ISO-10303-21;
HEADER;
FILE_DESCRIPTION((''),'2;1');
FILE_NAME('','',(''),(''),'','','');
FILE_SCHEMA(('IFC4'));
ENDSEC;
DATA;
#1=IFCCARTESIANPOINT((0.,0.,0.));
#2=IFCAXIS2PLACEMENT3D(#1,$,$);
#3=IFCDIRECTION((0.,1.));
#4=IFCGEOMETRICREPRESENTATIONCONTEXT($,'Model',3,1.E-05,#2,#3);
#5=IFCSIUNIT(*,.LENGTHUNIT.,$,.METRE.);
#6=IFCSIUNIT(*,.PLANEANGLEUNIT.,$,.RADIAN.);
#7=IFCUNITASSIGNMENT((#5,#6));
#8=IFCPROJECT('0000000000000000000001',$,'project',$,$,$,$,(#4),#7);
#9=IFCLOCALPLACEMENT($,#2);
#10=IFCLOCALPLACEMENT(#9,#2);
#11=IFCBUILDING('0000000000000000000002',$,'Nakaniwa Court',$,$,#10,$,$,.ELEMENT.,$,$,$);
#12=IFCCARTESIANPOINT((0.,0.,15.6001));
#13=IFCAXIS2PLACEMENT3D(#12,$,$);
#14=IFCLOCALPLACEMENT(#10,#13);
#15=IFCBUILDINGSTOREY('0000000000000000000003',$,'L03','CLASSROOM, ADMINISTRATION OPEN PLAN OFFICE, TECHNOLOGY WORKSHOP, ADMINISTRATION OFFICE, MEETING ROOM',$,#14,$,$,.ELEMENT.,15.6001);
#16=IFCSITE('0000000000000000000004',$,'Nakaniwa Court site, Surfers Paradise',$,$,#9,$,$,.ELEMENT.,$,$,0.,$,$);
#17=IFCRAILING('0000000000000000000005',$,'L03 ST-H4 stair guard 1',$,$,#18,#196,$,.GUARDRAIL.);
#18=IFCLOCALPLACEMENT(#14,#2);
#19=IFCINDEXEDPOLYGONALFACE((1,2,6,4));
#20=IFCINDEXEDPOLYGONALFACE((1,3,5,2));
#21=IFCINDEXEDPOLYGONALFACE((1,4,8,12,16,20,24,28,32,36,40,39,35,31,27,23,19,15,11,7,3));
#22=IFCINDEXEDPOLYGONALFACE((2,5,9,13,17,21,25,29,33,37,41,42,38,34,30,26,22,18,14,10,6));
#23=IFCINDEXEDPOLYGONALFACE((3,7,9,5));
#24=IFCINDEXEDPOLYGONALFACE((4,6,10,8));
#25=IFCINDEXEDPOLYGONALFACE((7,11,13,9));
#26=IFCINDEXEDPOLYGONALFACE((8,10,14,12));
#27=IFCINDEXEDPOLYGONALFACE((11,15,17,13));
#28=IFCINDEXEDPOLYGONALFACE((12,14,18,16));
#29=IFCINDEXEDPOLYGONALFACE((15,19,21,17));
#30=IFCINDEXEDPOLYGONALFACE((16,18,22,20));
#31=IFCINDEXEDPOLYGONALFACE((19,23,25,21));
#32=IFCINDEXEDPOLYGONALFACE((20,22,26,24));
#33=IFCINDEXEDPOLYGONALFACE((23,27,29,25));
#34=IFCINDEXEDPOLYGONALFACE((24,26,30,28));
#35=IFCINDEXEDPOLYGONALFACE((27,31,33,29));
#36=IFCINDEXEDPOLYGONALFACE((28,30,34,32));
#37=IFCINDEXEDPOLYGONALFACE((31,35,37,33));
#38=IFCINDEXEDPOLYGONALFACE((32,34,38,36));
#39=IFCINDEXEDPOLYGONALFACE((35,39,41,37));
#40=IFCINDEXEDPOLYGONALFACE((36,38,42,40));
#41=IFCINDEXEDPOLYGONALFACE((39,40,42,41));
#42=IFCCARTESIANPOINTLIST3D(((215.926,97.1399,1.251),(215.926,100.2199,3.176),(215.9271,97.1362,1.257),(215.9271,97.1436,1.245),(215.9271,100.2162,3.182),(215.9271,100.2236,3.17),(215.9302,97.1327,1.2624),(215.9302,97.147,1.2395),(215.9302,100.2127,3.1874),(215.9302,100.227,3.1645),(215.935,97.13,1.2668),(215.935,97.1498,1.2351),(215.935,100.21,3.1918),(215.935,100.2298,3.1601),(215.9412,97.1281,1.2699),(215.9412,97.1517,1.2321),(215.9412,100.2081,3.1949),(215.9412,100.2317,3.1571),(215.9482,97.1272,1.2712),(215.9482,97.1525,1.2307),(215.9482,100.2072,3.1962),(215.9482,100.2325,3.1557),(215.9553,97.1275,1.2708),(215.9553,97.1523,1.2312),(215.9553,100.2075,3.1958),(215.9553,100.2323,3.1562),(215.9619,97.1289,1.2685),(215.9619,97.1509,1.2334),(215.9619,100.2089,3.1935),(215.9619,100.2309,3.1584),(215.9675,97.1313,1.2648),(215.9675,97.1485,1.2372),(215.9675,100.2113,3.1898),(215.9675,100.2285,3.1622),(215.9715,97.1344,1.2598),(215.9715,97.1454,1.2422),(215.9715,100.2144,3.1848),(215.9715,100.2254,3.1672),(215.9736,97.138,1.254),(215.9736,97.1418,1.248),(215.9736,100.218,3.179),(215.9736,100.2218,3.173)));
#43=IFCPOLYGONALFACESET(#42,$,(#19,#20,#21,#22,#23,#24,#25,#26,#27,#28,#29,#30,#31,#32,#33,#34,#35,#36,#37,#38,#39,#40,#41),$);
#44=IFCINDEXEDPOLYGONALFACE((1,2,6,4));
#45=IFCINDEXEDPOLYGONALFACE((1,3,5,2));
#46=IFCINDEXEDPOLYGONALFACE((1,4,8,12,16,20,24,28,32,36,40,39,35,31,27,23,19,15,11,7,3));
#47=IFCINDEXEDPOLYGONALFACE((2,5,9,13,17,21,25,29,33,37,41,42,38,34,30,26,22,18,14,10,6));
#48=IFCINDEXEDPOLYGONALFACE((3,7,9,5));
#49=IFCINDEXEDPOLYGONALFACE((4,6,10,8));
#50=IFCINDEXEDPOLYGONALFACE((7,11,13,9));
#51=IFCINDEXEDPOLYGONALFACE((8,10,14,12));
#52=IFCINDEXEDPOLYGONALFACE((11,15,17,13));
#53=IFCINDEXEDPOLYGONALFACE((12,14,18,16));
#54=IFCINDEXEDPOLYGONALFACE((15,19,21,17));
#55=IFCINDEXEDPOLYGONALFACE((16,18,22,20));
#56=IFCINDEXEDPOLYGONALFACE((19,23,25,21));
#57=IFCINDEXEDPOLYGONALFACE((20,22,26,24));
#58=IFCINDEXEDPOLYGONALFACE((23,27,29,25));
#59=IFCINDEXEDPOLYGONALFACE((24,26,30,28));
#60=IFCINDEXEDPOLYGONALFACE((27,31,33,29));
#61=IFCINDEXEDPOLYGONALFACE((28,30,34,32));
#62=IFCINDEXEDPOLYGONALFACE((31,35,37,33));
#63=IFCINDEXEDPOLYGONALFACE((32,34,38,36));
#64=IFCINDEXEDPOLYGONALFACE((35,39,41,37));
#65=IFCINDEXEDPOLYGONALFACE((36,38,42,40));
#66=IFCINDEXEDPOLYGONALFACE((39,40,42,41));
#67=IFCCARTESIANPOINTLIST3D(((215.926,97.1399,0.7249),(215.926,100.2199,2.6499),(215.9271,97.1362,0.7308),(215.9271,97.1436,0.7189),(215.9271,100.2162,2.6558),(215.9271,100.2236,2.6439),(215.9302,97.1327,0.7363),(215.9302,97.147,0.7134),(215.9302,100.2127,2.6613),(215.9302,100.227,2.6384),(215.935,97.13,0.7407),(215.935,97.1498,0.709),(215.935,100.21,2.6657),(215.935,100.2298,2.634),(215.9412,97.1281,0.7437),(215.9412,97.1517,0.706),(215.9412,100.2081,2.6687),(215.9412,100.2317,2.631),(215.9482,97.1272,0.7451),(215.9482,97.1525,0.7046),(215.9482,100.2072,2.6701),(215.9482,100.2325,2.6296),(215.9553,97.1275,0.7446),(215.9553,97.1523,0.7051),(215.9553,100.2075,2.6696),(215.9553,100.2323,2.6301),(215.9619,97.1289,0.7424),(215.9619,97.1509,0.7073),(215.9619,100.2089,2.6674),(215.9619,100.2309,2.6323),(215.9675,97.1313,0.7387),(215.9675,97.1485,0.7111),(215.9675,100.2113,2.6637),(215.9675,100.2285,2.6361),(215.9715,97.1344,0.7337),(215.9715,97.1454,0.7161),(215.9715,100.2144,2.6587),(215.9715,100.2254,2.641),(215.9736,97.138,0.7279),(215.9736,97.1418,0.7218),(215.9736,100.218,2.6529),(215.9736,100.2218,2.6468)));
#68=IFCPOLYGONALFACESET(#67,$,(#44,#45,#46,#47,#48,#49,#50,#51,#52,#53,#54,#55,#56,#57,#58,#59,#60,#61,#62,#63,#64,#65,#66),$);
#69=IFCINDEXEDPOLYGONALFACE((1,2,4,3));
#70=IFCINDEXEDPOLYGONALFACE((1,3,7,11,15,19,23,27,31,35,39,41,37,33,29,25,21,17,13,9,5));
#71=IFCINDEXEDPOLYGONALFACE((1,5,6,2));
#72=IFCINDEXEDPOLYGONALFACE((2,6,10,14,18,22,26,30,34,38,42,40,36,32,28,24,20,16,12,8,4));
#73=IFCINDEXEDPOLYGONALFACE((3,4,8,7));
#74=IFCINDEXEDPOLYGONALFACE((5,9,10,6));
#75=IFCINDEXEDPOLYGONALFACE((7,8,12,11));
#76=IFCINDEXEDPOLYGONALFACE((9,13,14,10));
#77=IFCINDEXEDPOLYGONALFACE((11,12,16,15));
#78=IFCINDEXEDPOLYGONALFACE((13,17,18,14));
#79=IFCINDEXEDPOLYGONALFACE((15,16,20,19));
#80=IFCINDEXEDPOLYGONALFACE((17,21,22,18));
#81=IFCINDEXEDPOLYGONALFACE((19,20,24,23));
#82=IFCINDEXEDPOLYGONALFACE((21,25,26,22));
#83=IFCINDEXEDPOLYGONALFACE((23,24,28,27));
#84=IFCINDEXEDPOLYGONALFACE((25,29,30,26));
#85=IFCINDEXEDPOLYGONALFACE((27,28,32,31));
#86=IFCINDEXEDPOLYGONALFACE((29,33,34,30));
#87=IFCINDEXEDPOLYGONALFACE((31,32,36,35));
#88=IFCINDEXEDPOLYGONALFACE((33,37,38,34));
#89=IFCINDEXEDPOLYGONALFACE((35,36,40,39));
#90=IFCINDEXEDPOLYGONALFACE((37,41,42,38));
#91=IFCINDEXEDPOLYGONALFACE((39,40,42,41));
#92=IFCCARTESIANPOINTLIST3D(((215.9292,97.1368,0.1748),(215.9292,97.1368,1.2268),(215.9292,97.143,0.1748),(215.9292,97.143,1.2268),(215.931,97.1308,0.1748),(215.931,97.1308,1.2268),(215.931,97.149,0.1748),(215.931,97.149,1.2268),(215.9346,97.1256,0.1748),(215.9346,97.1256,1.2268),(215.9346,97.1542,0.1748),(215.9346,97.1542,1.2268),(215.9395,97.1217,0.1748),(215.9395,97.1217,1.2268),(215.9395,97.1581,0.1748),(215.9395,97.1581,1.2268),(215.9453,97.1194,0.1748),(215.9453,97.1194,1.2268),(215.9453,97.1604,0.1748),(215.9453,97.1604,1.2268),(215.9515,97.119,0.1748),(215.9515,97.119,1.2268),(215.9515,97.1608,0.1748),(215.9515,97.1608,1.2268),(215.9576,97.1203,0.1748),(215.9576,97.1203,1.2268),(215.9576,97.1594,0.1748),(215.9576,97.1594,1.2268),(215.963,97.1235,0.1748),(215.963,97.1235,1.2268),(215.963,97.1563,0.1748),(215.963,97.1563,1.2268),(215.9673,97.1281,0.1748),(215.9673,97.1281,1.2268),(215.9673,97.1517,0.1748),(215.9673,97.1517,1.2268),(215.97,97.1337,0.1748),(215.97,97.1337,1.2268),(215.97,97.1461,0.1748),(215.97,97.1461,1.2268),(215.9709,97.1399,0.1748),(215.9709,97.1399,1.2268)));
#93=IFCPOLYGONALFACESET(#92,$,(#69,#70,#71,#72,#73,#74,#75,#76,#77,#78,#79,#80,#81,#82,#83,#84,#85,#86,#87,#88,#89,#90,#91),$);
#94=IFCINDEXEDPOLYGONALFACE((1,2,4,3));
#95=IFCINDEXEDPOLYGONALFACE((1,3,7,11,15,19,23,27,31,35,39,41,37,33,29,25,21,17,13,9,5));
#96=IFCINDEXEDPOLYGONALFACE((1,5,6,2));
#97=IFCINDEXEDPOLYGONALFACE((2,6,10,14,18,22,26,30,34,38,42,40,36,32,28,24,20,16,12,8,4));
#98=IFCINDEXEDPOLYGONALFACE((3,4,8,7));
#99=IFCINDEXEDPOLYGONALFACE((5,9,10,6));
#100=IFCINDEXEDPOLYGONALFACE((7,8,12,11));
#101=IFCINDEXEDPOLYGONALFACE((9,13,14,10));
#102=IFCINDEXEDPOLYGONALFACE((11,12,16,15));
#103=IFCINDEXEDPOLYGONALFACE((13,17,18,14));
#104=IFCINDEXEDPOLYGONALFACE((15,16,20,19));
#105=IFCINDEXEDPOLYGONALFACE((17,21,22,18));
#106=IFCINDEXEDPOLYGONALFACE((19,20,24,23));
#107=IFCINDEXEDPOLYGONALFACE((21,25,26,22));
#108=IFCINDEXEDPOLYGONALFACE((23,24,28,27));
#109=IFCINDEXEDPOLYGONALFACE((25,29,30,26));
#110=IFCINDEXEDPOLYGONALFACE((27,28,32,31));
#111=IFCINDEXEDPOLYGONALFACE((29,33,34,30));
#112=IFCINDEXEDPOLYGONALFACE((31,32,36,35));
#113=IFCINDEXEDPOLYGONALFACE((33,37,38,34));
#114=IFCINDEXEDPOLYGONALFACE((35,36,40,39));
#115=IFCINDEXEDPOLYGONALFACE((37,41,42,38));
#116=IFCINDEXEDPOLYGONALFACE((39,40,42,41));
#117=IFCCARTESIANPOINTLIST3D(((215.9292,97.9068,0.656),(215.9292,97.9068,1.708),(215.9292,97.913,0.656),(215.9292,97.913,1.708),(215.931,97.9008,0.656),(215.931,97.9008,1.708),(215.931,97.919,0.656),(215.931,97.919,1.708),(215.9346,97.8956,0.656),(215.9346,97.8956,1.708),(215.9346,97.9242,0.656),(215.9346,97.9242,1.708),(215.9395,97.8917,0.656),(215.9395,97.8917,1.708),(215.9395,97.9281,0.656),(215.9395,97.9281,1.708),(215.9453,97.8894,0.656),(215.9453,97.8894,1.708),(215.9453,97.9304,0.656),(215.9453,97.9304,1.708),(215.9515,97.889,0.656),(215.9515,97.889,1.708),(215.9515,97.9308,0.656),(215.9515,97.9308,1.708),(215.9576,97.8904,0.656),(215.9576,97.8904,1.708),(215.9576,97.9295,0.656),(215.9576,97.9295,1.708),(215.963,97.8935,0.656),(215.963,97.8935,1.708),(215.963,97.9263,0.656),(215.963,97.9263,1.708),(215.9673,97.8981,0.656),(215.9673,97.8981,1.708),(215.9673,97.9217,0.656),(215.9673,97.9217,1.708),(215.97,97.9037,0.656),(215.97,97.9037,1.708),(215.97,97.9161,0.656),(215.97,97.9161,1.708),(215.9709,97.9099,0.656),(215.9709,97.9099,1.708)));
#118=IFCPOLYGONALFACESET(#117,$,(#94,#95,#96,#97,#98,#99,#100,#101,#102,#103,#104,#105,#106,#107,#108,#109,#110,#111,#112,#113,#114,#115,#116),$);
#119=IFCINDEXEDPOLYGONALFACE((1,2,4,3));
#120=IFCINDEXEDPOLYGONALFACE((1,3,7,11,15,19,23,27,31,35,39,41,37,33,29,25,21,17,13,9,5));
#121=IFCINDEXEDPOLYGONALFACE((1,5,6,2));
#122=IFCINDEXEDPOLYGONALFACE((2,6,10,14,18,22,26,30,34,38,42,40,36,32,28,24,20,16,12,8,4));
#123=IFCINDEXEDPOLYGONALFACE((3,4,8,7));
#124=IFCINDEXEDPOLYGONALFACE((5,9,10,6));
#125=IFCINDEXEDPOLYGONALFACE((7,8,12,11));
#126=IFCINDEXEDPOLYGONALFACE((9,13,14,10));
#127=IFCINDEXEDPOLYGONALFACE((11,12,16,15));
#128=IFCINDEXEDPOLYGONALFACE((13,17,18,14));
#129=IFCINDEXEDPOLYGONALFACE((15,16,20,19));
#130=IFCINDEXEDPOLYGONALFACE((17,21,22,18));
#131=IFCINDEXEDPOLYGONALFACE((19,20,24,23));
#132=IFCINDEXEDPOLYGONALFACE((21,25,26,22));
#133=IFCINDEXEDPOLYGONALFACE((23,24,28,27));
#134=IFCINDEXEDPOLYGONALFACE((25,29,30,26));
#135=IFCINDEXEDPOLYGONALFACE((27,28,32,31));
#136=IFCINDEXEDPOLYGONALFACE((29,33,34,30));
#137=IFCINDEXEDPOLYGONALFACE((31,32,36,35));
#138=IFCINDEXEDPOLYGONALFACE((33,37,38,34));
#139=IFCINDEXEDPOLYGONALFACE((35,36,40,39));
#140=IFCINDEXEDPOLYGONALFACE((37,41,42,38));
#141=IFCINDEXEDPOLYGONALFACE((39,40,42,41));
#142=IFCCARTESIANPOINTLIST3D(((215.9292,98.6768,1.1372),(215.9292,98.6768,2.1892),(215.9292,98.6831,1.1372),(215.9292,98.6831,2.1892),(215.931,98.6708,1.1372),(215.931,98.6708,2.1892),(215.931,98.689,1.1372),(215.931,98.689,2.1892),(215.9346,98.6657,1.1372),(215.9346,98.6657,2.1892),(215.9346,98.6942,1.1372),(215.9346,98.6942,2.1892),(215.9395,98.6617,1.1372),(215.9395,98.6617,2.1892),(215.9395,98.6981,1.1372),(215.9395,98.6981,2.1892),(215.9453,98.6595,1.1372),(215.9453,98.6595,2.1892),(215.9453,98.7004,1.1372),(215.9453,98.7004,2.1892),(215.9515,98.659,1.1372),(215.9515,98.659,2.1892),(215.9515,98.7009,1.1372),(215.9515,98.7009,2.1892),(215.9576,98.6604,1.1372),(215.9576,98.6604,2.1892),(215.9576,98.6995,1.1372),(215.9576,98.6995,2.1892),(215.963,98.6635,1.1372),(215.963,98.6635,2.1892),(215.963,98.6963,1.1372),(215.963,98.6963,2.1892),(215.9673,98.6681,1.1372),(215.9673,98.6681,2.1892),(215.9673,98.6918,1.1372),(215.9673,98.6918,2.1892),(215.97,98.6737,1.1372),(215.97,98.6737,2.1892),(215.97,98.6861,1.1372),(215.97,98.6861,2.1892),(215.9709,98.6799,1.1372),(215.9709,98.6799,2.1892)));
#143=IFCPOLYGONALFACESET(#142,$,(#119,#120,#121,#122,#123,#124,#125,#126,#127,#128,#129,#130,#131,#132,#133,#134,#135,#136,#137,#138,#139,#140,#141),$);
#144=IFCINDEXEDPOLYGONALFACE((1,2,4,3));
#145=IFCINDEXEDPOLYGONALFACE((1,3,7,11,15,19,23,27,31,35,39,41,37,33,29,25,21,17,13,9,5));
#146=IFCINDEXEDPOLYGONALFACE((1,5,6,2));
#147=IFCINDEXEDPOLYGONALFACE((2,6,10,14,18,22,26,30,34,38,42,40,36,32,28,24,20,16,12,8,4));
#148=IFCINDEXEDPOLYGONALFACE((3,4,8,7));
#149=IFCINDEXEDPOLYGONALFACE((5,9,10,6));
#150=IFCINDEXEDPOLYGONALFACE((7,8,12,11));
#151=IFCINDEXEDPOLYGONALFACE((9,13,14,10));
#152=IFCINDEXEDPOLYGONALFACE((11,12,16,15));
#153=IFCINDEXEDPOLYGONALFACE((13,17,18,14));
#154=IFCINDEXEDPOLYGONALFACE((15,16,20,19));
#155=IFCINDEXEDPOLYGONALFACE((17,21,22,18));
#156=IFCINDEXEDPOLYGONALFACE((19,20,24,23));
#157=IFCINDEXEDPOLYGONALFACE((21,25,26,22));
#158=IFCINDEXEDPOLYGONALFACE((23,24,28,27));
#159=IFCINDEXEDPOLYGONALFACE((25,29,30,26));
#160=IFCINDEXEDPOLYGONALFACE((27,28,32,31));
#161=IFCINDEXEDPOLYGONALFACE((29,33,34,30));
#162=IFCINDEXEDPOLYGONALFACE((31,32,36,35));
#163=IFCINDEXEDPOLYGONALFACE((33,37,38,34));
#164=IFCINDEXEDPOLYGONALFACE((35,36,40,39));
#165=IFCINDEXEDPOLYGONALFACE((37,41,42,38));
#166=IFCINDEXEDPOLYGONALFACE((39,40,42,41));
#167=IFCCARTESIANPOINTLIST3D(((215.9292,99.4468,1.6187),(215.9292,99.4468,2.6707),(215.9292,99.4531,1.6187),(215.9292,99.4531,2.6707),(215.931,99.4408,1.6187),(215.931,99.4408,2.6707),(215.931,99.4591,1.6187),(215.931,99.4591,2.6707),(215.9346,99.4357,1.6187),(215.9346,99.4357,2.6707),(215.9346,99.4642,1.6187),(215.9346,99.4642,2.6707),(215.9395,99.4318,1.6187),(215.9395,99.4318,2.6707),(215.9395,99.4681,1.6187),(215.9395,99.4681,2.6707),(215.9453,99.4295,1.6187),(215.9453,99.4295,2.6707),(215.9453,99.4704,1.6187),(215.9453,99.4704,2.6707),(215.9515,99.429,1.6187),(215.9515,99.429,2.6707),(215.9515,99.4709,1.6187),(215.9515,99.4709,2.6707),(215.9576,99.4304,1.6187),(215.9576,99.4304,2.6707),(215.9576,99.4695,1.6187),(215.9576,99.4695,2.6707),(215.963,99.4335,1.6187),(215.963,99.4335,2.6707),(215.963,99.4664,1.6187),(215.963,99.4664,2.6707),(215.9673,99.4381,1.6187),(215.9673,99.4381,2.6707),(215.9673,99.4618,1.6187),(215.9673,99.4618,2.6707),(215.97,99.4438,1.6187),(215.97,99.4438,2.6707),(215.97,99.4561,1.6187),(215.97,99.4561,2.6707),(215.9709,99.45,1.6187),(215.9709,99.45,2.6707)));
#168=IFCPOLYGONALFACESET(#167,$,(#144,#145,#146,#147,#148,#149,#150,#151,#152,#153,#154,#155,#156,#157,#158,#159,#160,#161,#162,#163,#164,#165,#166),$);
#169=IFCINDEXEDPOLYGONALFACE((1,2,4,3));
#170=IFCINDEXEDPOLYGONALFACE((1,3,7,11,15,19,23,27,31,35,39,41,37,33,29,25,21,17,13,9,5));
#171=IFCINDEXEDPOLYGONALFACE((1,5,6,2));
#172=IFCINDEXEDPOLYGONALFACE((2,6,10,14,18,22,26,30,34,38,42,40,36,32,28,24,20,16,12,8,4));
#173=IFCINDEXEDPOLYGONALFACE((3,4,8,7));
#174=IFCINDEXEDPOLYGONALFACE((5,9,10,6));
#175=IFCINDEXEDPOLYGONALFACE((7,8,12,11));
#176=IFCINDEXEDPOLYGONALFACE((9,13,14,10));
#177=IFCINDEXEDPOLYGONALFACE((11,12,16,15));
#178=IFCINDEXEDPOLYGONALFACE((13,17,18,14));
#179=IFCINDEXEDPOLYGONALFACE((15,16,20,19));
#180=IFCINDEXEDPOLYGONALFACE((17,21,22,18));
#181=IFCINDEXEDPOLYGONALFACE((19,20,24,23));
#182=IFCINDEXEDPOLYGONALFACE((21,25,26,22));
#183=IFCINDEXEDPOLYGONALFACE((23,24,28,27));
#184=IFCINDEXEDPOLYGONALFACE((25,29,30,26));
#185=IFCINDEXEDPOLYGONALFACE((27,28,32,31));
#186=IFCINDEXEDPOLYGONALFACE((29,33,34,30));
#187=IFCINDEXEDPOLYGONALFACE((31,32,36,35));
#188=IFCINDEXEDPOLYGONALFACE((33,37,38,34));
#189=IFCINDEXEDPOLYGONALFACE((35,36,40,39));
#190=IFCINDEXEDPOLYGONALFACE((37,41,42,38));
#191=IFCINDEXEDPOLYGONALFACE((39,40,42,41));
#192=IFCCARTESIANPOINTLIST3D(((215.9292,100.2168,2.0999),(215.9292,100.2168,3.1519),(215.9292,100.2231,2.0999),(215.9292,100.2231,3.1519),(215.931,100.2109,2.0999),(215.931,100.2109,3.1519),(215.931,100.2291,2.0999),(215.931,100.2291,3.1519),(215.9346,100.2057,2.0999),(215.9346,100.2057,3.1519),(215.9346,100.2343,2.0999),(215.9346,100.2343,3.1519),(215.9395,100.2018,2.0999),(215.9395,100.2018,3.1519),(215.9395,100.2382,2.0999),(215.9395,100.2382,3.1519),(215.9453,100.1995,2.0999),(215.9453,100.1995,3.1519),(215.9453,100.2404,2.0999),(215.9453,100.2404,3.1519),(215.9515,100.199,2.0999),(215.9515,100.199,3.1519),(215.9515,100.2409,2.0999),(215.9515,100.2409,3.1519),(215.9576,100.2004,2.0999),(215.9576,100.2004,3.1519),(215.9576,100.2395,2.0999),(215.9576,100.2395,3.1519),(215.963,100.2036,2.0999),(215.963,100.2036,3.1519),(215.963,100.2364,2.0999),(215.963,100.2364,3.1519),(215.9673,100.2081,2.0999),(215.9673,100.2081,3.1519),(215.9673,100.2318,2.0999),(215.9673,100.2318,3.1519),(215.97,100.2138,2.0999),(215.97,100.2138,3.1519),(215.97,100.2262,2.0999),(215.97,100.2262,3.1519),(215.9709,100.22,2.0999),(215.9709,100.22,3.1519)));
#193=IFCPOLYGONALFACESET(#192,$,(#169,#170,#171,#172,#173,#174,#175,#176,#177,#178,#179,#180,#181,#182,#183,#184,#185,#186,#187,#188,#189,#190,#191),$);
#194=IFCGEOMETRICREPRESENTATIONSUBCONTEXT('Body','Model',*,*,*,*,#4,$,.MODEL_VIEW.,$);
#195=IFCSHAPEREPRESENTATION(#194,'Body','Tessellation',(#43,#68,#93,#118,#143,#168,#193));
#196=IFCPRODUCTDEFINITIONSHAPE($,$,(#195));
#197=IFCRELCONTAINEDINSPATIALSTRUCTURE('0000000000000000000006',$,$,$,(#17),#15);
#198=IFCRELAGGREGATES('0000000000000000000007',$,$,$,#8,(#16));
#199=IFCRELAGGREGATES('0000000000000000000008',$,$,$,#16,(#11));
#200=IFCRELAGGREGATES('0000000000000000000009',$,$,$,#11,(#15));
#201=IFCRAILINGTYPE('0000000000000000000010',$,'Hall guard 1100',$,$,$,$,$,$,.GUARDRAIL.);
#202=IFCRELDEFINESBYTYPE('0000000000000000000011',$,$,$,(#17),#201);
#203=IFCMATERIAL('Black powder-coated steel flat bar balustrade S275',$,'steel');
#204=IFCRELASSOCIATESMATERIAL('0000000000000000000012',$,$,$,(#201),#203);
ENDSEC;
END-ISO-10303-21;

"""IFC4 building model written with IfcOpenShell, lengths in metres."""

from ifc_helpers import new_model, si_unit, direction, frame, origin, origin_2d, place, context, subcontext, project, spatial, circle, extrude, material, type_object, element, save


model = new_model("IFC4")

# Units and contexts
model_context = context("Model", 3, precision=1e-05, world=origin(), true_north=direction((0.0, 1.0)))
body_context = subcontext(model_context, "Body", "Model", "MODEL_VIEW")
ifc_project = project(units=[si_unit("LENGTHUNIT", "METRE"), si_unit("PLANEANGLEUNIT", "RADIAN")], contexts=[model_context])

# Site, building, storey
site_placement = place(None, origin())
site = spatial("IfcSite", under=ifc_project, at=site_placement, Name="Nakaniwa Court site, Surfers Paradise", CompositionType="ELEMENT", RefElevation=0.0)
building_placement = place(site_placement, origin())
building = spatial("IfcBuilding", under=site, at=building_placement, Name="Nakaniwa Court", CompositionType="ELEMENT")
storey_placement = place(building_placement, frame((0.0, 0.0, 15.6001)))
storey = spatial("IfcBuildingStorey", under=building, at=storey_placement, Name="L03", Description="CLASSROOM, ADMINISTRATION OPEN PLAN OFFICE, TECHNOLOGY WORKSHOP, ADMINISTRATION OFFICE, MEETING ROOM", CompositionType="ELEMENT", Elevation=15.6001)

# Railing
ifc_material_1 = material(Name="Black powder-coated steel flat bar balustrade S275", Category="steel")
railing_type_1 = type_object("IfcRailingType", Name="Hall guard 1100", PredefinedType="GUARDRAIL", material=ifc_material_1)
railing_1_placement = place(storey_placement, frame((215.95, 97.1399, 0.1748)))
element("IfcRailing", 1, at=railing_1_placement, inside=storey, type_object=railing_type_1, Name="L03 ST-H4 stair guard 1", PredefinedType="GUARDRAIL", context=body_context, shape_type="SweptSolid", body=[
    extrude(circle(Radius=0.0239, at=origin_2d()), frame((0.0, 0.0, 1.0762), z_axis=(0.0, 0.847998, 0.529999), x_axis=(-1.0, 0.0, 0.0)), (0.0, 0.0, 1.0), 3.6321),
    extrude(circle(Radius=0.0239, at=origin_2d()), frame((0.0, 0.0, 0.55), z_axis=(0.0, 0.847998, 0.529999), x_axis=(-1.0, 0.0, 0.0)), (0.0, 0.0, 1.0), 3.6321),
    extrude(circle(Radius=0.021, at=origin_2d()), origin(), (0.0, 0.0, 1.0), 1.052),
    extrude(circle(Radius=0.021, at=origin_2d()), frame((0.0, 0.77, 0.4812)), (0.0, 0.0, 1.0), 1.052),
    extrude(circle(Radius=0.021, at=origin_2d()), frame((0.0, 1.54, 0.9624)), (0.0, 0.0, 1.0), 1.052),
    extrude(circle(Radius=0.021, at=origin_2d()), frame((0.0, 2.3101, 1.4438)), (0.0, 0.0, 1.0), 1.052),
    extrude(circle(Radius=0.021, at=origin_2d()), frame((0.0, 3.0801, 1.925)), (0.0, 0.0, 1.0), 1.052),
])

save(model, "model.ifc")
